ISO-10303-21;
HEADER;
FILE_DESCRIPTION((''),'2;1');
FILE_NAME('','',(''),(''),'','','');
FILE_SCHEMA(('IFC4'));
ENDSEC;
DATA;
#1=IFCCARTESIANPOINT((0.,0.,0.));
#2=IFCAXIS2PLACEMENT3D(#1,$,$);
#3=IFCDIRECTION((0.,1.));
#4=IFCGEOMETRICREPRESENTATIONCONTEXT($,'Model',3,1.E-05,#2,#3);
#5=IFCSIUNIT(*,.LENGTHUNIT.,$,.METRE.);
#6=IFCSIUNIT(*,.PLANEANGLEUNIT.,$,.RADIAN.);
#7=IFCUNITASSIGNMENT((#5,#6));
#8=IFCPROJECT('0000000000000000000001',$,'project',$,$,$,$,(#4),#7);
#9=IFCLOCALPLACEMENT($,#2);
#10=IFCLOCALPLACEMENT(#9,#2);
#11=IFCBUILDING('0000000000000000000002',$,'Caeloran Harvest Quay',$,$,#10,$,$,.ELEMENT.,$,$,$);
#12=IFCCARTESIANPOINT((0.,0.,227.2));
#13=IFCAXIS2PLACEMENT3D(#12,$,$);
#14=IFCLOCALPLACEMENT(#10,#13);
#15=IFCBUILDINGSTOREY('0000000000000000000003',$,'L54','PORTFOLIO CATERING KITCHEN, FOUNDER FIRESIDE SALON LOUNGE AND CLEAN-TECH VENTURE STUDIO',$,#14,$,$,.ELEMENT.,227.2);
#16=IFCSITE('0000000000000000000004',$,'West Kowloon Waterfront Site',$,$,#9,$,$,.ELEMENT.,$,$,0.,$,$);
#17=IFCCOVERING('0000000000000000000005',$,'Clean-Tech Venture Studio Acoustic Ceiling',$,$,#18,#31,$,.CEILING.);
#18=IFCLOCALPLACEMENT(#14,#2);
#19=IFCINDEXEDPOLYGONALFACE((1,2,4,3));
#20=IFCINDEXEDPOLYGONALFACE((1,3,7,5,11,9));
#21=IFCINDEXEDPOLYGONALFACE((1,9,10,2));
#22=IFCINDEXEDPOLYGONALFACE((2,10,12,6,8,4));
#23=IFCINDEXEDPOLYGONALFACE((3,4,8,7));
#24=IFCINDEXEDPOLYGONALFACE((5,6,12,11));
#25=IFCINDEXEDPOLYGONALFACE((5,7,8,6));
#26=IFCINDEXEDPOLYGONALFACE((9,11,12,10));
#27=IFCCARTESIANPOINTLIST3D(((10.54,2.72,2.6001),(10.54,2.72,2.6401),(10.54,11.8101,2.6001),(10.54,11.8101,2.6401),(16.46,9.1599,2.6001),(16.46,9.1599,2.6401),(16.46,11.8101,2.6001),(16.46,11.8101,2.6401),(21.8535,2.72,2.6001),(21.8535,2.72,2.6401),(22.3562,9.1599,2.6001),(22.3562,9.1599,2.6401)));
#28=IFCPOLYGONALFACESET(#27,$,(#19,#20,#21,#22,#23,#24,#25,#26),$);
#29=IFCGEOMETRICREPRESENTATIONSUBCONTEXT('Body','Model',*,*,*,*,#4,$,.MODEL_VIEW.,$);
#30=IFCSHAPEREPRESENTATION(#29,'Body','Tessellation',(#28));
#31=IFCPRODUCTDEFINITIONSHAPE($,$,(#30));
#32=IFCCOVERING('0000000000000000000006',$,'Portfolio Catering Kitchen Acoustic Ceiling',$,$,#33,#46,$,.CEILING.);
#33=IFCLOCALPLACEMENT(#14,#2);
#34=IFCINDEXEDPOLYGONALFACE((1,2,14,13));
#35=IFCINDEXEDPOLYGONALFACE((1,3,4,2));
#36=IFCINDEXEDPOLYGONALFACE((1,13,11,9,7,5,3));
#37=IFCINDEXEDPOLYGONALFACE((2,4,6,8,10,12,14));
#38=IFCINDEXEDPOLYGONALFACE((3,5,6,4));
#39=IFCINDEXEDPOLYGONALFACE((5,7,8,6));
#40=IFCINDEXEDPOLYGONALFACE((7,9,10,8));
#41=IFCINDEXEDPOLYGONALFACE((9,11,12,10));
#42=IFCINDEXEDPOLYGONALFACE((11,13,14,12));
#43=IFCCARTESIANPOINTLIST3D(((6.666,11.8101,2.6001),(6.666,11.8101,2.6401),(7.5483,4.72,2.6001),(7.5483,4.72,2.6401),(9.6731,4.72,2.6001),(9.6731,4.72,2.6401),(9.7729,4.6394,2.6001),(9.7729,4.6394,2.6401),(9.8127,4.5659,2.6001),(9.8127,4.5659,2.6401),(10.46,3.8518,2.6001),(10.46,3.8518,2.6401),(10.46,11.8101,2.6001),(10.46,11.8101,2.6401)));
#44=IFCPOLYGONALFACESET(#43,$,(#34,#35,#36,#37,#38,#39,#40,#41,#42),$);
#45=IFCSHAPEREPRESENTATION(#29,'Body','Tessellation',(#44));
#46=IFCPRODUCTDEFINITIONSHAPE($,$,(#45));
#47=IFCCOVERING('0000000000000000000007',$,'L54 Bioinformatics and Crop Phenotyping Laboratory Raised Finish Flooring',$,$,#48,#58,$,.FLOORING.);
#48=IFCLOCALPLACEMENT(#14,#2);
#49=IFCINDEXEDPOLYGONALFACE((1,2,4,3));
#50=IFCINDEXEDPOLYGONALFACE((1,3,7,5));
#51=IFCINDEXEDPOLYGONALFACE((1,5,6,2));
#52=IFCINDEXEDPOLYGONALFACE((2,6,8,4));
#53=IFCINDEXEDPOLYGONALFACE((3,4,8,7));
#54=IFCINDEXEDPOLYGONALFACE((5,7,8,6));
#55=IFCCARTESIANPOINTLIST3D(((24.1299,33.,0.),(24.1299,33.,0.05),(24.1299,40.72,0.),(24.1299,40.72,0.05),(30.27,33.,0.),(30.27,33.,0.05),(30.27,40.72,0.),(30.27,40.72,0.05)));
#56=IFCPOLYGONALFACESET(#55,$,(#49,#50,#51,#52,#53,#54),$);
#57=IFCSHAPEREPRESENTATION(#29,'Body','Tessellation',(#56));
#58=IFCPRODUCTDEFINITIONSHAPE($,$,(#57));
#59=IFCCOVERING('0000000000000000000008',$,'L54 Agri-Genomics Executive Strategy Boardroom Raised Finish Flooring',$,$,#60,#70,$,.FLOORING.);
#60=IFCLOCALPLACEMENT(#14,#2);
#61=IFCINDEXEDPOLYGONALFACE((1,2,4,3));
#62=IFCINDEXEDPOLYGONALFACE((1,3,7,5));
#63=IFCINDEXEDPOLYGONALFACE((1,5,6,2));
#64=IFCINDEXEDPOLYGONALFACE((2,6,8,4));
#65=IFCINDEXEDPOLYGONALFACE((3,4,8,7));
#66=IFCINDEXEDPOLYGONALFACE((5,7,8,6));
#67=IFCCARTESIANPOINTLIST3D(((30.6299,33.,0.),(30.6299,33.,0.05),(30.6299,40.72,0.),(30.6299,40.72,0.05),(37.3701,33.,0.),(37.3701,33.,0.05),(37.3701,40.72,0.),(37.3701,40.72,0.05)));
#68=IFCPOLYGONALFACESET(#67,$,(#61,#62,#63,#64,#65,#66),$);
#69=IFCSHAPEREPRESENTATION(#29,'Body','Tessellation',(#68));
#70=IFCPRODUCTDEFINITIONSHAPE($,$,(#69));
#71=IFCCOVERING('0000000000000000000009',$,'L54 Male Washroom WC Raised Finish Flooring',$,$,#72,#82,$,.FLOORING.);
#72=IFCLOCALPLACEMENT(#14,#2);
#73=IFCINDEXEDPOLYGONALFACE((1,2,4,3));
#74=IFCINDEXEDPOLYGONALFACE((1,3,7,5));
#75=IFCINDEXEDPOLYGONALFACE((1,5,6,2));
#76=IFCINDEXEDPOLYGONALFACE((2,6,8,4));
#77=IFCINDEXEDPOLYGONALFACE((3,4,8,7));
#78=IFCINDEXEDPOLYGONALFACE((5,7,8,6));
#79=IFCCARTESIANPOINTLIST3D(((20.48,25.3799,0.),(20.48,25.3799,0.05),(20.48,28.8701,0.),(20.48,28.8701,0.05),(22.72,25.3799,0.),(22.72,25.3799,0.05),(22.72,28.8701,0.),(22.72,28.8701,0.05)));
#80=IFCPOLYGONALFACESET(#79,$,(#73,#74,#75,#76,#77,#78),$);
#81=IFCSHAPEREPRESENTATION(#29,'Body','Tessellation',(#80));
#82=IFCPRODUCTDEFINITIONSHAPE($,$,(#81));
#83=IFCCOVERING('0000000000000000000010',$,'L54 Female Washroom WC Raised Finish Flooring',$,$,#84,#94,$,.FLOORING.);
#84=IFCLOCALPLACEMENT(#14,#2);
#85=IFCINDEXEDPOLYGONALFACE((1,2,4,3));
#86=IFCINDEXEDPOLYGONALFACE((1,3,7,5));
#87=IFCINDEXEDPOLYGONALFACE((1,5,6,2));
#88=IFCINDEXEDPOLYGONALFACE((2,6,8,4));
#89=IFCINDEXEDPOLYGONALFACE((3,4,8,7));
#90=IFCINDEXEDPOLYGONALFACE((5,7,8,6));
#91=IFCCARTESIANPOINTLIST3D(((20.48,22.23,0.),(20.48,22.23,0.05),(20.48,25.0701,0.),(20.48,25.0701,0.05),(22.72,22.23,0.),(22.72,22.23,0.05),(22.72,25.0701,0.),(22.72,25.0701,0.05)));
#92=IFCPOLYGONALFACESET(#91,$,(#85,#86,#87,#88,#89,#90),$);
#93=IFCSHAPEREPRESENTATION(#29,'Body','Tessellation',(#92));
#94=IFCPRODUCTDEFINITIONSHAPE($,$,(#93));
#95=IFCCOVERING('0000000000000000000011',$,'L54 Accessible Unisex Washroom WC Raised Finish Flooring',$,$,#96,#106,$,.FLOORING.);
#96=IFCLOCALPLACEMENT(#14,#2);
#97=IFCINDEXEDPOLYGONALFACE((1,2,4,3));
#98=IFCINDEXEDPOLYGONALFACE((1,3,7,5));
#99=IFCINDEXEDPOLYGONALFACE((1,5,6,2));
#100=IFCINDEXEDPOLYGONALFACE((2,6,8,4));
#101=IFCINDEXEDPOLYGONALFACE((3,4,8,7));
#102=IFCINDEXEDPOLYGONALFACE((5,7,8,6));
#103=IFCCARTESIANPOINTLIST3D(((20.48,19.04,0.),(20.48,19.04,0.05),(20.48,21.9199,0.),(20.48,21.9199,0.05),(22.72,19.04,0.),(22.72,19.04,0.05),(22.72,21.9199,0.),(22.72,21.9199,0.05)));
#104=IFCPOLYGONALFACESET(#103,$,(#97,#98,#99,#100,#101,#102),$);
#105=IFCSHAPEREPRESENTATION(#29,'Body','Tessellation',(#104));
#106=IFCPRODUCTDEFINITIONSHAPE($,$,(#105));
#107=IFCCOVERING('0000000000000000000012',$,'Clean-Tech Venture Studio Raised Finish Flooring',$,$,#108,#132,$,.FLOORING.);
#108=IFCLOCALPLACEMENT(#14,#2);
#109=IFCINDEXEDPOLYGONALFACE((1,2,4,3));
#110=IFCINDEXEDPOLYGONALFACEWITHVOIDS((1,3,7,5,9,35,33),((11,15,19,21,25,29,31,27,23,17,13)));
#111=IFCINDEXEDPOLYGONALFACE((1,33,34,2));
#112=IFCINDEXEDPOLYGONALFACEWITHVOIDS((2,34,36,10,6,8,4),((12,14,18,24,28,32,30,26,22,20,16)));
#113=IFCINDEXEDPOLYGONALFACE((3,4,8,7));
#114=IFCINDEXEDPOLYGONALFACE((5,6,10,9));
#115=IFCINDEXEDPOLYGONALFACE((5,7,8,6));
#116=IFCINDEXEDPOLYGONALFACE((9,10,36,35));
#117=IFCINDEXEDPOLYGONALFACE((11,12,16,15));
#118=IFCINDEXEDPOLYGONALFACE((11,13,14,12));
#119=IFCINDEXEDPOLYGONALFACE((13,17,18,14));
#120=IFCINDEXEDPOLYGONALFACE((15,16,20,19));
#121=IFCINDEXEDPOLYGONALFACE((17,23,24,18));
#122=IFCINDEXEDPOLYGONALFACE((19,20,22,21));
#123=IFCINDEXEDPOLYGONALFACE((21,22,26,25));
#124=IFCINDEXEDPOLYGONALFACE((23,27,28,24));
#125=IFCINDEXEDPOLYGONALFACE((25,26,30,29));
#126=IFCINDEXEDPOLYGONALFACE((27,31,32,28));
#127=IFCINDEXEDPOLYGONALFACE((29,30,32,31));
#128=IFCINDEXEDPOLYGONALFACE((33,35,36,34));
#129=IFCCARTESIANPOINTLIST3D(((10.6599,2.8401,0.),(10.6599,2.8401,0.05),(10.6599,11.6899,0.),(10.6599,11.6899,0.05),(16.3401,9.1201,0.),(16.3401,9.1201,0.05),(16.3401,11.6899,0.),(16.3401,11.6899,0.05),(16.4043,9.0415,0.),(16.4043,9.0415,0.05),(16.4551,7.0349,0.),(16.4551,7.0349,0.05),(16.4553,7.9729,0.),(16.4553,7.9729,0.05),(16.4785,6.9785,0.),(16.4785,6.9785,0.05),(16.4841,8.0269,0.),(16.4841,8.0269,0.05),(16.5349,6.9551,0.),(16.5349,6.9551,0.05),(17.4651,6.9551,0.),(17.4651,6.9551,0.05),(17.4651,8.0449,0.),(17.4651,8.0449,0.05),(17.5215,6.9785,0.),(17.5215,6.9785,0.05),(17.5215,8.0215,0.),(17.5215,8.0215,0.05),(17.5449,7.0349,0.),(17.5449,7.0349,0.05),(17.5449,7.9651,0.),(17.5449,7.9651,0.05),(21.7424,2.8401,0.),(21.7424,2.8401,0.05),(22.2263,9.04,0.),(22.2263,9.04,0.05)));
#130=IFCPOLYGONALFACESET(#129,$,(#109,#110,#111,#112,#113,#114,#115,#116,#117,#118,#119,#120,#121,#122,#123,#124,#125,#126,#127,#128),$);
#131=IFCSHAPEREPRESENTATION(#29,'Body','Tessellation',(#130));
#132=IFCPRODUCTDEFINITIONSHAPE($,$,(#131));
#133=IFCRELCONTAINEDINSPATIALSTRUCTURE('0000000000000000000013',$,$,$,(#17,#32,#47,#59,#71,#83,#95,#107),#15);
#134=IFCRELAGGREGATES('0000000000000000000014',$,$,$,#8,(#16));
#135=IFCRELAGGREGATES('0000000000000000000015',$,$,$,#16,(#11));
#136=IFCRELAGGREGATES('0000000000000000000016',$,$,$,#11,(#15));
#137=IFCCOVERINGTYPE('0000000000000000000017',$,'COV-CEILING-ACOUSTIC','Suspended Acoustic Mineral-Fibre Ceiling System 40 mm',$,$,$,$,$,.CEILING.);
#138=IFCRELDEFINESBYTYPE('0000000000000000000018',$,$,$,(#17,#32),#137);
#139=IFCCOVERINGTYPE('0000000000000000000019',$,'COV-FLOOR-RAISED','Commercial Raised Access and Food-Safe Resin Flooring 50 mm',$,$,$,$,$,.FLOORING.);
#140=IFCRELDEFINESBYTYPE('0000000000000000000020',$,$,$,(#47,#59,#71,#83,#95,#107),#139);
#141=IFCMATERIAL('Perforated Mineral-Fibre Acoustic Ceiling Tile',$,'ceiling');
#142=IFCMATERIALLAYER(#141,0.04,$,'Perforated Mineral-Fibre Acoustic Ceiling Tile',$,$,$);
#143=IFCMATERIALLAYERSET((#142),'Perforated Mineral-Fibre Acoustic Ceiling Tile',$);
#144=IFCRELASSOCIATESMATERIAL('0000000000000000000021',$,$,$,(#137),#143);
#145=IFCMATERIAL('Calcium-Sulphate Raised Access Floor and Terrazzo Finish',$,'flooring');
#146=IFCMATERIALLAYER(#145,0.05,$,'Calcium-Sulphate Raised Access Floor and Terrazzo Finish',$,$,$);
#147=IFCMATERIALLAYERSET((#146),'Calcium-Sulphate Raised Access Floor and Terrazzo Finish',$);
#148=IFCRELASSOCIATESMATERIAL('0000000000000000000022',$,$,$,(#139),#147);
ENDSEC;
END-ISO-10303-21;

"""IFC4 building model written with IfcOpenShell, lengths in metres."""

from ifc_helpers import new_model, si_unit, direction, frame, origin, place, context, subcontext, project, spatial, polyline, outline, extrude, material, layer, layer_set, type_object, element, save


model = new_model("IFC4")

# Units and contexts
model_context = context("Model", 3, precision=1e-05, world=origin(), true_north=direction((0.0, 1.0)))
body_context = subcontext(model_context, "Body", "Model", "MODEL_VIEW")
ifc_project = project(units=[si_unit("LENGTHUNIT", "METRE"), si_unit("PLANEANGLEUNIT", "RADIAN")], contexts=[model_context])

# Site, building, storey
site_placement = place(None, origin())
site = spatial("IfcSite", under=ifc_project, at=site_placement, Name="West Kowloon Waterfront Site", CompositionType="ELEMENT", RefElevation=0.0)
building_placement = place(site_placement, origin())
building = spatial("IfcBuilding", under=site, at=building_placement, Name="Caeloran Harvest Quay", CompositionType="ELEMENT")
storey_placement = place(building_placement, frame((0.0, 0.0, 227.2)))
storey = spatial("IfcBuildingStorey", under=building, at=storey_placement, Name="L54", Description="PORTFOLIO CATERING KITCHEN, FOUNDER FIRESIDE SALON LOUNGE AND CLEAN-TECH VENTURE STUDIO", CompositionType="ELEMENT", Elevation=227.2)

# Coverings
ifc_material_1 = material(Name="Perforated Mineral-Fibre Acoustic Ceiling Tile", Category="ceiling")
ifc_layer_1 = layer(ifc_material_1, 0.04, Name="Perforated Mineral-Fibre Acoustic Ceiling Tile")
ifc_layer_set_1 = layer_set([ifc_layer_1], Name="Perforated Mineral-Fibre Acoustic Ceiling Tile")
covering_type_1 = type_object("IfcCoveringType", Name="COV-CEILING-ACOUSTIC", Description="Suspended Acoustic Mineral-Fibre Ceiling System 40 mm", PredefinedType="CEILING", material=ifc_layer_set_1)
covering_1_placement = place(storey_placement, frame((0.0, 0.0, 2.6001)))
element("IfcCovering", 1, at=covering_1_placement, inside=storey, type_object=covering_type_1, Name="Clean-Tech Venture Studio Acoustic Ceiling", PredefinedType="CEILING", context=body_context, shape_type="SweptSolid", body=[
    extrude(outline(polyline([(16.46, 11.8101), (16.46, 9.1599), (22.3562, 9.1599), (21.8535, 2.72), (10.54, 2.72), (10.54, 11.8101), (16.46, 11.8101)])), origin(), (0.0, 0.0, 1.0), 0.04),
])
covering_2_placement = place(storey_placement, frame((0.0, 0.0, 2.6001)))
element("IfcCovering", 2, at=covering_2_placement, inside=storey, type_object=covering_type_1, Name="Portfolio Catering Kitchen Acoustic Ceiling", PredefinedType="CEILING", context=body_context, shape_type="SweptSolid", body=[
    extrude(outline(polyline([(10.46, 11.8101), (10.46, 3.8518), (9.8127, 4.5659), (9.7729, 4.6394), (9.6731, 4.72), (7.5483, 4.72), (6.666, 11.8101), (10.46, 11.8101)])), origin(), (0.0, 0.0, 1.0), 0.04),
])
ifc_material_2 = material(Name="Calcium-Sulphate Raised Access Floor and Terrazzo Finish", Category="flooring")
ifc_layer_2 = layer(ifc_material_2, 0.05, Name="Calcium-Sulphate Raised Access Floor and Terrazzo Finish")
ifc_layer_set_2 = layer_set([ifc_layer_2], Name="Calcium-Sulphate Raised Access Floor and Terrazzo Finish")
covering_type_2 = type_object("IfcCoveringType", Name="COV-FLOOR-RAISED", Description="Commercial Raised Access and Food-Safe Resin Flooring 50 mm", PredefinedType="FLOORING", material=ifc_layer_set_2)
covering_3_placement = place(storey_placement, origin())
element("IfcCovering", 3, at=covering_3_placement, inside=storey, type_object=covering_type_2, Name="L54 Bioinformatics and Crop Phenotyping Laboratory Raised Finish Flooring", PredefinedType="FLOORING", context=body_context, shape_type="SweptSolid", body=[
    extrude(outline(polyline([(30.27, 40.72), (30.27, 33.0), (24.1299, 33.0), (24.1299, 40.72), (30.27, 40.72)])), origin(), (0.0, 0.0, 1.0), 0.05),
])
covering_4_placement = place(storey_placement, origin())
element("IfcCovering", 4, at=covering_4_placement, inside=storey, type_object=covering_type_2, Name="L54 Agri-Genomics Executive Strategy Boardroom Raised Finish Flooring", PredefinedType="FLOORING", context=body_context, shape_type="SweptSolid", body=[
    extrude(outline(polyline([(37.3701, 40.72), (37.3701, 33.0), (30.6299, 33.0), (30.6299, 40.72), (37.3701, 40.72)])), origin(), (0.0, 0.0, 1.0), 0.05),
])
covering_5_placement = place(storey_placement, origin())
element("IfcCovering", 5, at=covering_5_placement, inside=storey, type_object=covering_type_2, Name="L54 Male Washroom WC Raised Finish Flooring", PredefinedType="FLOORING", context=body_context, shape_type="SweptSolid", body=[
    extrude(outline(polyline([(22.72, 28.8701), (22.72, 25.3799), (20.48, 25.3799), (20.48, 28.8701), (22.72, 28.8701)])), origin(), (0.0, 0.0, 1.0), 0.05),
])
covering_6_placement = place(storey_placement, origin())
element("IfcCovering", 6, at=covering_6_placement, inside=storey, type_object=covering_type_2, Name="L54 Female Washroom WC Raised Finish Flooring", PredefinedType="FLOORING", context=body_context, shape_type="SweptSolid", body=[
    extrude(outline(polyline([(22.72, 25.0701), (22.72, 22.23), (20.48, 22.23), (20.48, 25.0701), (22.72, 25.0701)])), origin(), (0.0, 0.0, 1.0), 0.05),
])
covering_7_placement = place(storey_placement, origin())
element("IfcCovering", 7, at=covering_7_placement, inside=storey, type_object=covering_type_2, Name="L54 Accessible Unisex Washroom WC Raised Finish Flooring", PredefinedType="FLOORING", context=body_context, shape_type="SweptSolid", body=[
    extrude(outline(polyline([(22.72, 21.9199), (22.72, 19.04), (20.48, 19.04), (20.48, 21.9199), (22.72, 21.9199)])), origin(), (0.0, 0.0, 1.0), 0.05),
])
covering_8_placement = place(storey_placement, origin())
element("IfcCovering", 8, at=covering_8_placement, inside=storey, type_object=covering_type_2, Name="Clean-Tech Venture Studio Raised Finish Flooring", PredefinedType="FLOORING", context=body_context, shape_type="SweptSolid", body=[
    extrude(outline(polyline([(10.6599, 11.6899), (16.3401, 11.6899), (16.3401, 9.1201), (16.4043, 9.0415), (22.2263, 9.04), (21.7424, 2.8401), (10.6599, 2.8401), (10.6599, 11.6899)]), holes=[polyline([(17.4651, 8.0449), (16.4841, 8.0269), (16.4553, 7.9729), (16.4551, 7.0349), (16.4785, 6.9785), (16.5349, 6.9551), (17.4651, 6.9551), (17.5215, 6.9785), (17.5449, 7.0349), (17.5449, 7.9651), (17.5215, 8.0215), (17.4651, 8.0449)])]), origin(), (0.0, 0.0, 1.0), 0.05),
])

save(model, "model.ifc")
